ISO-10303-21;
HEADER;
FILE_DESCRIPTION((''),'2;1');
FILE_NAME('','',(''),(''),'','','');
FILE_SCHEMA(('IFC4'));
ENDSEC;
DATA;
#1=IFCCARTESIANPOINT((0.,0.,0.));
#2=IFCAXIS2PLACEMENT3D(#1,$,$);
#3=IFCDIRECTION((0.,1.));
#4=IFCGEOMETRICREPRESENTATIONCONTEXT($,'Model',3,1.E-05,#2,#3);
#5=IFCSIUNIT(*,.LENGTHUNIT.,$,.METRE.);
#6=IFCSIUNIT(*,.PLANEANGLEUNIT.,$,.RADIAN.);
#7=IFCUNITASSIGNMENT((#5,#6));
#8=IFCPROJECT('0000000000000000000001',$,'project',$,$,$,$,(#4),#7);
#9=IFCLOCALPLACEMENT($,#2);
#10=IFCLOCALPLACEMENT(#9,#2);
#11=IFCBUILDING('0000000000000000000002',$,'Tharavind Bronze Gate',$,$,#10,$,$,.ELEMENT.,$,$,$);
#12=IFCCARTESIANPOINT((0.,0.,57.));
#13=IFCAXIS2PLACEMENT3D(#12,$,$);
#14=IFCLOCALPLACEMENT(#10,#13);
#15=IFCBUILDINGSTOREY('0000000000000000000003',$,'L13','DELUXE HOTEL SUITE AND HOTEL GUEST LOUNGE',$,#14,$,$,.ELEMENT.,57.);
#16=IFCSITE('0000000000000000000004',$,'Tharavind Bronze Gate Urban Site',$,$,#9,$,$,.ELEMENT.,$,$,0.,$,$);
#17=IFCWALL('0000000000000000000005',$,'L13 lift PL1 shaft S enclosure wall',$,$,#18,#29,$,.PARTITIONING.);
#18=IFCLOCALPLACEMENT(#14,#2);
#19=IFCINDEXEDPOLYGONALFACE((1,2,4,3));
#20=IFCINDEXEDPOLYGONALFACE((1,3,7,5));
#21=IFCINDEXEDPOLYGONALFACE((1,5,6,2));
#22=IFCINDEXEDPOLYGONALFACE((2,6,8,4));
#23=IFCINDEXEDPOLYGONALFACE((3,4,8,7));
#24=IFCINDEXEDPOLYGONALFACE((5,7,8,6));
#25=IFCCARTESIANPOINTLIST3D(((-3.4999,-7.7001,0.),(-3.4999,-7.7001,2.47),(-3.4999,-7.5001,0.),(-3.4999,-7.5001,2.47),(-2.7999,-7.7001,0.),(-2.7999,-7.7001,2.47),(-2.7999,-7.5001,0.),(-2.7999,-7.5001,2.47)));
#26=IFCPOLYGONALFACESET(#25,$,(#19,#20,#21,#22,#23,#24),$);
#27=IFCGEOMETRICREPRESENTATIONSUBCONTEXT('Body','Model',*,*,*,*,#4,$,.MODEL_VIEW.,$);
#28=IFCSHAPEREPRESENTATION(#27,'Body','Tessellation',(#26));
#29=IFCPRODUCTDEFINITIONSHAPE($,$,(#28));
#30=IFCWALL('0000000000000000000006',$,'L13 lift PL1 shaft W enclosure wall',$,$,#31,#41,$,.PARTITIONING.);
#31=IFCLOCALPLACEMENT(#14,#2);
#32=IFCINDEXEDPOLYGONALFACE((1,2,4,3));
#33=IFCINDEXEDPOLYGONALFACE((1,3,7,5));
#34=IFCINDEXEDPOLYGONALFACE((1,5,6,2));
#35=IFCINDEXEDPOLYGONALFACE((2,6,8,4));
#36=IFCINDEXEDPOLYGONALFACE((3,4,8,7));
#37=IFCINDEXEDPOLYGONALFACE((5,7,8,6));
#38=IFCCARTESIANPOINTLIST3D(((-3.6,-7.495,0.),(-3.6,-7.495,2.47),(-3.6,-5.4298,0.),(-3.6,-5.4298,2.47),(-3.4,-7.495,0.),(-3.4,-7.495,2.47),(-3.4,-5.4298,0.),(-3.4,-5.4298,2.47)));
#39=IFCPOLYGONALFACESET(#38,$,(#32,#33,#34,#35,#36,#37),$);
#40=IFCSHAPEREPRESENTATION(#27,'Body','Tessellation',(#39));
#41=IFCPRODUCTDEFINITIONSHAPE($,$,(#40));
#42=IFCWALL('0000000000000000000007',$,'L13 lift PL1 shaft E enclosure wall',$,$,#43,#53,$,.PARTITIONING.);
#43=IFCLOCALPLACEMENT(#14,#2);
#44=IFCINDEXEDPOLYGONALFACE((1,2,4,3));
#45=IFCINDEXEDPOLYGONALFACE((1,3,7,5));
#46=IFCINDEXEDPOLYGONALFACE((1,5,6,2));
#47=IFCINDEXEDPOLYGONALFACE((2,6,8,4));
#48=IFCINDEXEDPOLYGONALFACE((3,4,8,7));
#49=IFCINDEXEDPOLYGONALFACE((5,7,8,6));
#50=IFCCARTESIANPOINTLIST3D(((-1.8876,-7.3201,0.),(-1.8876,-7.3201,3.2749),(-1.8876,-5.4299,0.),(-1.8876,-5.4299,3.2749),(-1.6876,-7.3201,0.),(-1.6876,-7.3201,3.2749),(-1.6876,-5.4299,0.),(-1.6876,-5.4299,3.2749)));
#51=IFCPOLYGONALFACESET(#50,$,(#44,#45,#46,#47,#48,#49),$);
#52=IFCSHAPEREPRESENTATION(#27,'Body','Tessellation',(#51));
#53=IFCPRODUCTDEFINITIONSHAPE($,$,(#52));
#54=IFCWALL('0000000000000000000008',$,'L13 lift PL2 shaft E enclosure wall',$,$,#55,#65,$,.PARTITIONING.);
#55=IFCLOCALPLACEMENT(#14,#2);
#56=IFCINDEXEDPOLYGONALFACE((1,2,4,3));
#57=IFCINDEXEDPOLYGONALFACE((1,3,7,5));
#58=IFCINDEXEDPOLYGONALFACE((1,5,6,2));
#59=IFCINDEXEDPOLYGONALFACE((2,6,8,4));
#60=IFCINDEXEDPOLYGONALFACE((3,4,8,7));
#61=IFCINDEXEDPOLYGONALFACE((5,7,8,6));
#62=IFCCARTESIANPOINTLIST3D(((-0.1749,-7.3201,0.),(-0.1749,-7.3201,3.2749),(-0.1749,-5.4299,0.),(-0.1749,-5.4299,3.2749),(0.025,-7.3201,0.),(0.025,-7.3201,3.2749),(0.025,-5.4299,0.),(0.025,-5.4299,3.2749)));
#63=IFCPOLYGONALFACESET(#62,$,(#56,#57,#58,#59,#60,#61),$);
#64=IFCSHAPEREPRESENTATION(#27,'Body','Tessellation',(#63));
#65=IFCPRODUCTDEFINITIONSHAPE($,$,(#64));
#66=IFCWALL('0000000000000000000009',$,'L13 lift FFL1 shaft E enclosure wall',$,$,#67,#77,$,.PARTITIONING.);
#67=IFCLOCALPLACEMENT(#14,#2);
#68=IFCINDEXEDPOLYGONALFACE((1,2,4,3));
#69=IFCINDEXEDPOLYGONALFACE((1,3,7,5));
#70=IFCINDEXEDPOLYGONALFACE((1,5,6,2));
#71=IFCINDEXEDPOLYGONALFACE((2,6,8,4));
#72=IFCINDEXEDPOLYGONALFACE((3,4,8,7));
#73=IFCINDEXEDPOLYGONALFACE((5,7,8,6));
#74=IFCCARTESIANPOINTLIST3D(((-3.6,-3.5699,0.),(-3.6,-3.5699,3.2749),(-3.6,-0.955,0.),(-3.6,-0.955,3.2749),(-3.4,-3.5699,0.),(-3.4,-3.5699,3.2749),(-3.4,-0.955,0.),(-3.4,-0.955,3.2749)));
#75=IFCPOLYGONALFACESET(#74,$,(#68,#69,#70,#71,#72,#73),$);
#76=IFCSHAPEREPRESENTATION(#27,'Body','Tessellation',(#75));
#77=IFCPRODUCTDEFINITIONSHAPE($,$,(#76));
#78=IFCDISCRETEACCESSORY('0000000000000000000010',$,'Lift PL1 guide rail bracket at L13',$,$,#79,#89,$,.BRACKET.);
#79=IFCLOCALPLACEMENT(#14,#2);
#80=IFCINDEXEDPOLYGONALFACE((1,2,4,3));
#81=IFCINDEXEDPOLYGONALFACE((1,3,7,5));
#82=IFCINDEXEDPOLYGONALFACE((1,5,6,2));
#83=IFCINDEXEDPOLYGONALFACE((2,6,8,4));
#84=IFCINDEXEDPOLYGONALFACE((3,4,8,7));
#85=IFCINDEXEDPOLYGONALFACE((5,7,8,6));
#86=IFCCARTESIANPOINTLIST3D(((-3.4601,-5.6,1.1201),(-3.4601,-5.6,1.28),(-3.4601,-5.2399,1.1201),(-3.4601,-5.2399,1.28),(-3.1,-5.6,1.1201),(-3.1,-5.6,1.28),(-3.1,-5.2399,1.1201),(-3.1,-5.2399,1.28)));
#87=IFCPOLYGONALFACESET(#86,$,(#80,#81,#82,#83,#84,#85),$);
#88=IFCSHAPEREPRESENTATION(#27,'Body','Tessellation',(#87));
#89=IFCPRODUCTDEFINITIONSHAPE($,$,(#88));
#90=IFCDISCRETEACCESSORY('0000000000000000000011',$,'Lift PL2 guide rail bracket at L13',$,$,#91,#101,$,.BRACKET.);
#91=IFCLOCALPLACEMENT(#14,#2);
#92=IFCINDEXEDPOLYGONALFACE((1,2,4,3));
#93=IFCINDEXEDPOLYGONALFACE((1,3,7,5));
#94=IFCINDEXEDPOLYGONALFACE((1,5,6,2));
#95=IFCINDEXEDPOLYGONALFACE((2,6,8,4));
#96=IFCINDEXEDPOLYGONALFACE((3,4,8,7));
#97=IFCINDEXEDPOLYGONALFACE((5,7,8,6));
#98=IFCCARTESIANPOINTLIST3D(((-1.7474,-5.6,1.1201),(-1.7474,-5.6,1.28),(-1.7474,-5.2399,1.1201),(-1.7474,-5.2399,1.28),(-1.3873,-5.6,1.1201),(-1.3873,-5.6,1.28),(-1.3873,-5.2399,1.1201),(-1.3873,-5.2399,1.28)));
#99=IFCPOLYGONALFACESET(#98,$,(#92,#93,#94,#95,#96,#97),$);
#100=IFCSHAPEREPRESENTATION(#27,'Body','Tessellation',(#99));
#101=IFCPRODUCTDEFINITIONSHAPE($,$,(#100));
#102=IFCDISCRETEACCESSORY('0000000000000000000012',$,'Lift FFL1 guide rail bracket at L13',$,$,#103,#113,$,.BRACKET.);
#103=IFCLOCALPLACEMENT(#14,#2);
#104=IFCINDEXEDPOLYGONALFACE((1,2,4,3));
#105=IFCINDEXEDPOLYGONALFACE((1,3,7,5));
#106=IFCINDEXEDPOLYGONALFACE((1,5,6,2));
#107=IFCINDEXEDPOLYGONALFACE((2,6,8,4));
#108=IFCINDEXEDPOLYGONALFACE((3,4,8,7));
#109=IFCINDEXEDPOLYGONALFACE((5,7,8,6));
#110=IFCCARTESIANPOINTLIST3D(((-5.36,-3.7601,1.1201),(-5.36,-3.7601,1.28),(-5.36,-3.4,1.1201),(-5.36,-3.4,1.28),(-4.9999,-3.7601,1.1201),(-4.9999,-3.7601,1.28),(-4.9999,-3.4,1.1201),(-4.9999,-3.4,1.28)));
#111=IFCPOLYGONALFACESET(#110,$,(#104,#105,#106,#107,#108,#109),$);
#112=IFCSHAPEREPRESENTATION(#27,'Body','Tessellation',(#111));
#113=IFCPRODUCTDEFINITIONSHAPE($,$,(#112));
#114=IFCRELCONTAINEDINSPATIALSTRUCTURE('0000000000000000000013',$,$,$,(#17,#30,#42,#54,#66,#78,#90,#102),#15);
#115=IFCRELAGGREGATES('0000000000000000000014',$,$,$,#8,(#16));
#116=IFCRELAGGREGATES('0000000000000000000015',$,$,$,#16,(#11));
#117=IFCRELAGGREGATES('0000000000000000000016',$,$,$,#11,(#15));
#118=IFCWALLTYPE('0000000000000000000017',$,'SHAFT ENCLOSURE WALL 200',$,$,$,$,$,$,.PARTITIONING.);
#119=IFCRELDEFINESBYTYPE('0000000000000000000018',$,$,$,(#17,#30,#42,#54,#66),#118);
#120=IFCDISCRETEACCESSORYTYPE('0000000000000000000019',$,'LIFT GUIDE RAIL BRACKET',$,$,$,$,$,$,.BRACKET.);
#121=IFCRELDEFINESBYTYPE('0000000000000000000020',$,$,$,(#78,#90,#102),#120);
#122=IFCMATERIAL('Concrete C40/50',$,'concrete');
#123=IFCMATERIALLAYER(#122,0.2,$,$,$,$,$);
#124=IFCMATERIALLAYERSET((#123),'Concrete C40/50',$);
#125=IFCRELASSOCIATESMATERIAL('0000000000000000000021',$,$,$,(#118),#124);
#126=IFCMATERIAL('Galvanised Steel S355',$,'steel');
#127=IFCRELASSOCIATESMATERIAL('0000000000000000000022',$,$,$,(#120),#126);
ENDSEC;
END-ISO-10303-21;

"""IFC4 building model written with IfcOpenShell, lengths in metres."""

from ifc_helpers import new_model, si_unit, direction, frame, frame_2d, origin, origin_2d, place, context, subcontext, project, spatial, rectangle, extrude, material, layer, layer_set, type_object, element, save


model = new_model("IFC4")

# Units and contexts
model_context = context("Model", 3, precision=1e-05, world=origin(), true_north=direction((0.0, 1.0)))
body_context = subcontext(model_context, "Body", "Model", "MODEL_VIEW")
ifc_project = project(units=[si_unit("LENGTHUNIT", "METRE"), si_unit("PLANEANGLEUNIT", "RADIAN")], contexts=[model_context])

# Site, building, storey
site_placement = place(None, origin())
site = spatial("IfcSite", under=ifc_project, at=site_placement, Name="Tharavind Bronze Gate Urban Site", CompositionType="ELEMENT", RefElevation=0.0)
building_placement = place(site_placement, origin())
building = spatial("IfcBuilding", under=site, at=building_placement, Name="Tharavind Bronze Gate", CompositionType="ELEMENT")
storey_placement = place(building_placement, frame((0.0, 0.0, 57.0)))
storey = spatial("IfcBuildingStorey", under=building, at=storey_placement, Name="L13", Description="DELUXE HOTEL SUITE AND HOTEL GUEST LOUNGE", CompositionType="ELEMENT", Elevation=57.0)

# Walls
ifc_material_1 = material(Name="Concrete C40/50", Category="concrete")
ifc_layer_1 = layer(ifc_material_1, 0.2)
ifc_layer_set_1 = layer_set([ifc_layer_1], Name="Concrete C40/50")
wall_type_1 = type_object("IfcWallType", Name="SHAFT ENCLOSURE WALL 200", PredefinedType="PARTITIONING", material=ifc_layer_set_1)
wall_1_placement = place(storey_placement, frame((-3.5, -7.6001, 0.0), z_axis=(0.0, 0.0, 1.0), x_axis=(1.0, 0.0, 0.0)))
element("IfcWall", 1, at=wall_1_placement, inside=storey, type_object=wall_type_1, Name="L13 lift PL1 shaft S enclosure wall", PredefinedType="PARTITIONING", context=body_context, shape_type="SweptSolid", body=[
    extrude(rectangle(XDim=0.7, YDim=0.2, at=frame_2d((0.3501, 0.0))), origin(), (0.0, 0.0, 1.0), 2.47),
])
wall_2_placement = place(storey_placement, frame((-3.5, -7.4951, 0.0), z_axis=(0.0, 0.0, 1.0), x_axis=(0.0, 1.0, 0.0)))
element("IfcWall", 2, at=wall_2_placement, inside=storey, type_object=wall_type_1, Name="L13 lift PL1 shaft W enclosure wall", PredefinedType="PARTITIONING", context=body_context, shape_type="SweptSolid", body=[
    extrude(rectangle(XDim=2.0652, YDim=0.2, at=frame_2d((1.0327, 0.0))), origin(), (0.0, 0.0, 1.0), 2.47),
])
for number, where, z_axis, x_axis, name in (
    (3, (-1.7876, -7.3201, 0.0), (0.0, 0.0, 1.0), (0.0, 1.0, 0.0), "L13 lift PL1 shaft E enclosure wall"),
    (4, (-0.075, -7.3201, 0.0), (0.0, 0.0, 1.0), (0.0, 1.0, 0.0), "L13 lift PL2 shaft E enclosure wall"),
):
    element("IfcWall", number, at=place(storey_placement, frame(where, z_axis=z_axis, x_axis=x_axis)), inside=storey, type_object=wall_type_1, Name=name, PredefinedType="PARTITIONING", context=body_context, shape_type="SweptSolid", body=[
        extrude(rectangle(XDim=1.8901, YDim=0.2, at=frame_2d((0.9451, 0.0))), origin(), (0.0, 0.0, 1.0), 3.2749),
    ])
wall_3_placement = place(storey_placement, frame((-3.5, -3.5701, 0.0), z_axis=(0.0, 0.0, 1.0), x_axis=(0.0, 1.0, 0.0)))
element("IfcWall", 5, at=wall_3_placement, inside=storey, type_object=wall_type_1, Name="L13 lift FFL1 shaft E enclosure wall", PredefinedType="PARTITIONING", context=body_context, shape_type="SweptSolid", body=[
    extrude(rectangle(XDim=2.615, YDim=0.2, at=frame_2d((1.3076, 0.0))), origin(), (0.0, 0.0, 1.0), 3.2749),
])

# Discrete accessories
ifc_material_2 = material(Name="Galvanised Steel S355", Category="steel")
discrete_accessory_type = type_object("IfcDiscreteAccessoryType", Name="LIFT GUIDE RAIL BRACKET", PredefinedType="BRACKET", material=ifc_material_2)
for number, where, z_axis, x_axis, name in (
    (6, (-3.28, -5.4199, 1.1201), (0.0, 0.0, 1.0), (1.0, 0.0, 0.0), "Lift PL1 guide rail bracket at L13"),
    (7, (-1.5674, -5.4199, 1.1201), (0.0, 0.0, 1.0), (1.0, 0.0, 0.0), "Lift PL2 guide rail bracket at L13"),
    (8, (-5.1799, -3.5801, 1.1201), (0.0, 0.0, 1.0), (1.0, 0.0, 0.0), "Lift FFL1 guide rail bracket at L13"),
):
    element("IfcDiscreteAccessory", number, at=place(storey_placement, frame(where, z_axis=z_axis, x_axis=x_axis)), inside=storey, type_object=discrete_accessory_type, Name=name, PredefinedType="BRACKET", context=body_context, shape_type="SweptSolid", body=[
        extrude(rectangle(XDim=0.3601, YDim=0.3601, at=origin_2d()), origin(), (0.0, 0.0, 1.0), 0.1599),
    ])

save(model, "model.ifc")
